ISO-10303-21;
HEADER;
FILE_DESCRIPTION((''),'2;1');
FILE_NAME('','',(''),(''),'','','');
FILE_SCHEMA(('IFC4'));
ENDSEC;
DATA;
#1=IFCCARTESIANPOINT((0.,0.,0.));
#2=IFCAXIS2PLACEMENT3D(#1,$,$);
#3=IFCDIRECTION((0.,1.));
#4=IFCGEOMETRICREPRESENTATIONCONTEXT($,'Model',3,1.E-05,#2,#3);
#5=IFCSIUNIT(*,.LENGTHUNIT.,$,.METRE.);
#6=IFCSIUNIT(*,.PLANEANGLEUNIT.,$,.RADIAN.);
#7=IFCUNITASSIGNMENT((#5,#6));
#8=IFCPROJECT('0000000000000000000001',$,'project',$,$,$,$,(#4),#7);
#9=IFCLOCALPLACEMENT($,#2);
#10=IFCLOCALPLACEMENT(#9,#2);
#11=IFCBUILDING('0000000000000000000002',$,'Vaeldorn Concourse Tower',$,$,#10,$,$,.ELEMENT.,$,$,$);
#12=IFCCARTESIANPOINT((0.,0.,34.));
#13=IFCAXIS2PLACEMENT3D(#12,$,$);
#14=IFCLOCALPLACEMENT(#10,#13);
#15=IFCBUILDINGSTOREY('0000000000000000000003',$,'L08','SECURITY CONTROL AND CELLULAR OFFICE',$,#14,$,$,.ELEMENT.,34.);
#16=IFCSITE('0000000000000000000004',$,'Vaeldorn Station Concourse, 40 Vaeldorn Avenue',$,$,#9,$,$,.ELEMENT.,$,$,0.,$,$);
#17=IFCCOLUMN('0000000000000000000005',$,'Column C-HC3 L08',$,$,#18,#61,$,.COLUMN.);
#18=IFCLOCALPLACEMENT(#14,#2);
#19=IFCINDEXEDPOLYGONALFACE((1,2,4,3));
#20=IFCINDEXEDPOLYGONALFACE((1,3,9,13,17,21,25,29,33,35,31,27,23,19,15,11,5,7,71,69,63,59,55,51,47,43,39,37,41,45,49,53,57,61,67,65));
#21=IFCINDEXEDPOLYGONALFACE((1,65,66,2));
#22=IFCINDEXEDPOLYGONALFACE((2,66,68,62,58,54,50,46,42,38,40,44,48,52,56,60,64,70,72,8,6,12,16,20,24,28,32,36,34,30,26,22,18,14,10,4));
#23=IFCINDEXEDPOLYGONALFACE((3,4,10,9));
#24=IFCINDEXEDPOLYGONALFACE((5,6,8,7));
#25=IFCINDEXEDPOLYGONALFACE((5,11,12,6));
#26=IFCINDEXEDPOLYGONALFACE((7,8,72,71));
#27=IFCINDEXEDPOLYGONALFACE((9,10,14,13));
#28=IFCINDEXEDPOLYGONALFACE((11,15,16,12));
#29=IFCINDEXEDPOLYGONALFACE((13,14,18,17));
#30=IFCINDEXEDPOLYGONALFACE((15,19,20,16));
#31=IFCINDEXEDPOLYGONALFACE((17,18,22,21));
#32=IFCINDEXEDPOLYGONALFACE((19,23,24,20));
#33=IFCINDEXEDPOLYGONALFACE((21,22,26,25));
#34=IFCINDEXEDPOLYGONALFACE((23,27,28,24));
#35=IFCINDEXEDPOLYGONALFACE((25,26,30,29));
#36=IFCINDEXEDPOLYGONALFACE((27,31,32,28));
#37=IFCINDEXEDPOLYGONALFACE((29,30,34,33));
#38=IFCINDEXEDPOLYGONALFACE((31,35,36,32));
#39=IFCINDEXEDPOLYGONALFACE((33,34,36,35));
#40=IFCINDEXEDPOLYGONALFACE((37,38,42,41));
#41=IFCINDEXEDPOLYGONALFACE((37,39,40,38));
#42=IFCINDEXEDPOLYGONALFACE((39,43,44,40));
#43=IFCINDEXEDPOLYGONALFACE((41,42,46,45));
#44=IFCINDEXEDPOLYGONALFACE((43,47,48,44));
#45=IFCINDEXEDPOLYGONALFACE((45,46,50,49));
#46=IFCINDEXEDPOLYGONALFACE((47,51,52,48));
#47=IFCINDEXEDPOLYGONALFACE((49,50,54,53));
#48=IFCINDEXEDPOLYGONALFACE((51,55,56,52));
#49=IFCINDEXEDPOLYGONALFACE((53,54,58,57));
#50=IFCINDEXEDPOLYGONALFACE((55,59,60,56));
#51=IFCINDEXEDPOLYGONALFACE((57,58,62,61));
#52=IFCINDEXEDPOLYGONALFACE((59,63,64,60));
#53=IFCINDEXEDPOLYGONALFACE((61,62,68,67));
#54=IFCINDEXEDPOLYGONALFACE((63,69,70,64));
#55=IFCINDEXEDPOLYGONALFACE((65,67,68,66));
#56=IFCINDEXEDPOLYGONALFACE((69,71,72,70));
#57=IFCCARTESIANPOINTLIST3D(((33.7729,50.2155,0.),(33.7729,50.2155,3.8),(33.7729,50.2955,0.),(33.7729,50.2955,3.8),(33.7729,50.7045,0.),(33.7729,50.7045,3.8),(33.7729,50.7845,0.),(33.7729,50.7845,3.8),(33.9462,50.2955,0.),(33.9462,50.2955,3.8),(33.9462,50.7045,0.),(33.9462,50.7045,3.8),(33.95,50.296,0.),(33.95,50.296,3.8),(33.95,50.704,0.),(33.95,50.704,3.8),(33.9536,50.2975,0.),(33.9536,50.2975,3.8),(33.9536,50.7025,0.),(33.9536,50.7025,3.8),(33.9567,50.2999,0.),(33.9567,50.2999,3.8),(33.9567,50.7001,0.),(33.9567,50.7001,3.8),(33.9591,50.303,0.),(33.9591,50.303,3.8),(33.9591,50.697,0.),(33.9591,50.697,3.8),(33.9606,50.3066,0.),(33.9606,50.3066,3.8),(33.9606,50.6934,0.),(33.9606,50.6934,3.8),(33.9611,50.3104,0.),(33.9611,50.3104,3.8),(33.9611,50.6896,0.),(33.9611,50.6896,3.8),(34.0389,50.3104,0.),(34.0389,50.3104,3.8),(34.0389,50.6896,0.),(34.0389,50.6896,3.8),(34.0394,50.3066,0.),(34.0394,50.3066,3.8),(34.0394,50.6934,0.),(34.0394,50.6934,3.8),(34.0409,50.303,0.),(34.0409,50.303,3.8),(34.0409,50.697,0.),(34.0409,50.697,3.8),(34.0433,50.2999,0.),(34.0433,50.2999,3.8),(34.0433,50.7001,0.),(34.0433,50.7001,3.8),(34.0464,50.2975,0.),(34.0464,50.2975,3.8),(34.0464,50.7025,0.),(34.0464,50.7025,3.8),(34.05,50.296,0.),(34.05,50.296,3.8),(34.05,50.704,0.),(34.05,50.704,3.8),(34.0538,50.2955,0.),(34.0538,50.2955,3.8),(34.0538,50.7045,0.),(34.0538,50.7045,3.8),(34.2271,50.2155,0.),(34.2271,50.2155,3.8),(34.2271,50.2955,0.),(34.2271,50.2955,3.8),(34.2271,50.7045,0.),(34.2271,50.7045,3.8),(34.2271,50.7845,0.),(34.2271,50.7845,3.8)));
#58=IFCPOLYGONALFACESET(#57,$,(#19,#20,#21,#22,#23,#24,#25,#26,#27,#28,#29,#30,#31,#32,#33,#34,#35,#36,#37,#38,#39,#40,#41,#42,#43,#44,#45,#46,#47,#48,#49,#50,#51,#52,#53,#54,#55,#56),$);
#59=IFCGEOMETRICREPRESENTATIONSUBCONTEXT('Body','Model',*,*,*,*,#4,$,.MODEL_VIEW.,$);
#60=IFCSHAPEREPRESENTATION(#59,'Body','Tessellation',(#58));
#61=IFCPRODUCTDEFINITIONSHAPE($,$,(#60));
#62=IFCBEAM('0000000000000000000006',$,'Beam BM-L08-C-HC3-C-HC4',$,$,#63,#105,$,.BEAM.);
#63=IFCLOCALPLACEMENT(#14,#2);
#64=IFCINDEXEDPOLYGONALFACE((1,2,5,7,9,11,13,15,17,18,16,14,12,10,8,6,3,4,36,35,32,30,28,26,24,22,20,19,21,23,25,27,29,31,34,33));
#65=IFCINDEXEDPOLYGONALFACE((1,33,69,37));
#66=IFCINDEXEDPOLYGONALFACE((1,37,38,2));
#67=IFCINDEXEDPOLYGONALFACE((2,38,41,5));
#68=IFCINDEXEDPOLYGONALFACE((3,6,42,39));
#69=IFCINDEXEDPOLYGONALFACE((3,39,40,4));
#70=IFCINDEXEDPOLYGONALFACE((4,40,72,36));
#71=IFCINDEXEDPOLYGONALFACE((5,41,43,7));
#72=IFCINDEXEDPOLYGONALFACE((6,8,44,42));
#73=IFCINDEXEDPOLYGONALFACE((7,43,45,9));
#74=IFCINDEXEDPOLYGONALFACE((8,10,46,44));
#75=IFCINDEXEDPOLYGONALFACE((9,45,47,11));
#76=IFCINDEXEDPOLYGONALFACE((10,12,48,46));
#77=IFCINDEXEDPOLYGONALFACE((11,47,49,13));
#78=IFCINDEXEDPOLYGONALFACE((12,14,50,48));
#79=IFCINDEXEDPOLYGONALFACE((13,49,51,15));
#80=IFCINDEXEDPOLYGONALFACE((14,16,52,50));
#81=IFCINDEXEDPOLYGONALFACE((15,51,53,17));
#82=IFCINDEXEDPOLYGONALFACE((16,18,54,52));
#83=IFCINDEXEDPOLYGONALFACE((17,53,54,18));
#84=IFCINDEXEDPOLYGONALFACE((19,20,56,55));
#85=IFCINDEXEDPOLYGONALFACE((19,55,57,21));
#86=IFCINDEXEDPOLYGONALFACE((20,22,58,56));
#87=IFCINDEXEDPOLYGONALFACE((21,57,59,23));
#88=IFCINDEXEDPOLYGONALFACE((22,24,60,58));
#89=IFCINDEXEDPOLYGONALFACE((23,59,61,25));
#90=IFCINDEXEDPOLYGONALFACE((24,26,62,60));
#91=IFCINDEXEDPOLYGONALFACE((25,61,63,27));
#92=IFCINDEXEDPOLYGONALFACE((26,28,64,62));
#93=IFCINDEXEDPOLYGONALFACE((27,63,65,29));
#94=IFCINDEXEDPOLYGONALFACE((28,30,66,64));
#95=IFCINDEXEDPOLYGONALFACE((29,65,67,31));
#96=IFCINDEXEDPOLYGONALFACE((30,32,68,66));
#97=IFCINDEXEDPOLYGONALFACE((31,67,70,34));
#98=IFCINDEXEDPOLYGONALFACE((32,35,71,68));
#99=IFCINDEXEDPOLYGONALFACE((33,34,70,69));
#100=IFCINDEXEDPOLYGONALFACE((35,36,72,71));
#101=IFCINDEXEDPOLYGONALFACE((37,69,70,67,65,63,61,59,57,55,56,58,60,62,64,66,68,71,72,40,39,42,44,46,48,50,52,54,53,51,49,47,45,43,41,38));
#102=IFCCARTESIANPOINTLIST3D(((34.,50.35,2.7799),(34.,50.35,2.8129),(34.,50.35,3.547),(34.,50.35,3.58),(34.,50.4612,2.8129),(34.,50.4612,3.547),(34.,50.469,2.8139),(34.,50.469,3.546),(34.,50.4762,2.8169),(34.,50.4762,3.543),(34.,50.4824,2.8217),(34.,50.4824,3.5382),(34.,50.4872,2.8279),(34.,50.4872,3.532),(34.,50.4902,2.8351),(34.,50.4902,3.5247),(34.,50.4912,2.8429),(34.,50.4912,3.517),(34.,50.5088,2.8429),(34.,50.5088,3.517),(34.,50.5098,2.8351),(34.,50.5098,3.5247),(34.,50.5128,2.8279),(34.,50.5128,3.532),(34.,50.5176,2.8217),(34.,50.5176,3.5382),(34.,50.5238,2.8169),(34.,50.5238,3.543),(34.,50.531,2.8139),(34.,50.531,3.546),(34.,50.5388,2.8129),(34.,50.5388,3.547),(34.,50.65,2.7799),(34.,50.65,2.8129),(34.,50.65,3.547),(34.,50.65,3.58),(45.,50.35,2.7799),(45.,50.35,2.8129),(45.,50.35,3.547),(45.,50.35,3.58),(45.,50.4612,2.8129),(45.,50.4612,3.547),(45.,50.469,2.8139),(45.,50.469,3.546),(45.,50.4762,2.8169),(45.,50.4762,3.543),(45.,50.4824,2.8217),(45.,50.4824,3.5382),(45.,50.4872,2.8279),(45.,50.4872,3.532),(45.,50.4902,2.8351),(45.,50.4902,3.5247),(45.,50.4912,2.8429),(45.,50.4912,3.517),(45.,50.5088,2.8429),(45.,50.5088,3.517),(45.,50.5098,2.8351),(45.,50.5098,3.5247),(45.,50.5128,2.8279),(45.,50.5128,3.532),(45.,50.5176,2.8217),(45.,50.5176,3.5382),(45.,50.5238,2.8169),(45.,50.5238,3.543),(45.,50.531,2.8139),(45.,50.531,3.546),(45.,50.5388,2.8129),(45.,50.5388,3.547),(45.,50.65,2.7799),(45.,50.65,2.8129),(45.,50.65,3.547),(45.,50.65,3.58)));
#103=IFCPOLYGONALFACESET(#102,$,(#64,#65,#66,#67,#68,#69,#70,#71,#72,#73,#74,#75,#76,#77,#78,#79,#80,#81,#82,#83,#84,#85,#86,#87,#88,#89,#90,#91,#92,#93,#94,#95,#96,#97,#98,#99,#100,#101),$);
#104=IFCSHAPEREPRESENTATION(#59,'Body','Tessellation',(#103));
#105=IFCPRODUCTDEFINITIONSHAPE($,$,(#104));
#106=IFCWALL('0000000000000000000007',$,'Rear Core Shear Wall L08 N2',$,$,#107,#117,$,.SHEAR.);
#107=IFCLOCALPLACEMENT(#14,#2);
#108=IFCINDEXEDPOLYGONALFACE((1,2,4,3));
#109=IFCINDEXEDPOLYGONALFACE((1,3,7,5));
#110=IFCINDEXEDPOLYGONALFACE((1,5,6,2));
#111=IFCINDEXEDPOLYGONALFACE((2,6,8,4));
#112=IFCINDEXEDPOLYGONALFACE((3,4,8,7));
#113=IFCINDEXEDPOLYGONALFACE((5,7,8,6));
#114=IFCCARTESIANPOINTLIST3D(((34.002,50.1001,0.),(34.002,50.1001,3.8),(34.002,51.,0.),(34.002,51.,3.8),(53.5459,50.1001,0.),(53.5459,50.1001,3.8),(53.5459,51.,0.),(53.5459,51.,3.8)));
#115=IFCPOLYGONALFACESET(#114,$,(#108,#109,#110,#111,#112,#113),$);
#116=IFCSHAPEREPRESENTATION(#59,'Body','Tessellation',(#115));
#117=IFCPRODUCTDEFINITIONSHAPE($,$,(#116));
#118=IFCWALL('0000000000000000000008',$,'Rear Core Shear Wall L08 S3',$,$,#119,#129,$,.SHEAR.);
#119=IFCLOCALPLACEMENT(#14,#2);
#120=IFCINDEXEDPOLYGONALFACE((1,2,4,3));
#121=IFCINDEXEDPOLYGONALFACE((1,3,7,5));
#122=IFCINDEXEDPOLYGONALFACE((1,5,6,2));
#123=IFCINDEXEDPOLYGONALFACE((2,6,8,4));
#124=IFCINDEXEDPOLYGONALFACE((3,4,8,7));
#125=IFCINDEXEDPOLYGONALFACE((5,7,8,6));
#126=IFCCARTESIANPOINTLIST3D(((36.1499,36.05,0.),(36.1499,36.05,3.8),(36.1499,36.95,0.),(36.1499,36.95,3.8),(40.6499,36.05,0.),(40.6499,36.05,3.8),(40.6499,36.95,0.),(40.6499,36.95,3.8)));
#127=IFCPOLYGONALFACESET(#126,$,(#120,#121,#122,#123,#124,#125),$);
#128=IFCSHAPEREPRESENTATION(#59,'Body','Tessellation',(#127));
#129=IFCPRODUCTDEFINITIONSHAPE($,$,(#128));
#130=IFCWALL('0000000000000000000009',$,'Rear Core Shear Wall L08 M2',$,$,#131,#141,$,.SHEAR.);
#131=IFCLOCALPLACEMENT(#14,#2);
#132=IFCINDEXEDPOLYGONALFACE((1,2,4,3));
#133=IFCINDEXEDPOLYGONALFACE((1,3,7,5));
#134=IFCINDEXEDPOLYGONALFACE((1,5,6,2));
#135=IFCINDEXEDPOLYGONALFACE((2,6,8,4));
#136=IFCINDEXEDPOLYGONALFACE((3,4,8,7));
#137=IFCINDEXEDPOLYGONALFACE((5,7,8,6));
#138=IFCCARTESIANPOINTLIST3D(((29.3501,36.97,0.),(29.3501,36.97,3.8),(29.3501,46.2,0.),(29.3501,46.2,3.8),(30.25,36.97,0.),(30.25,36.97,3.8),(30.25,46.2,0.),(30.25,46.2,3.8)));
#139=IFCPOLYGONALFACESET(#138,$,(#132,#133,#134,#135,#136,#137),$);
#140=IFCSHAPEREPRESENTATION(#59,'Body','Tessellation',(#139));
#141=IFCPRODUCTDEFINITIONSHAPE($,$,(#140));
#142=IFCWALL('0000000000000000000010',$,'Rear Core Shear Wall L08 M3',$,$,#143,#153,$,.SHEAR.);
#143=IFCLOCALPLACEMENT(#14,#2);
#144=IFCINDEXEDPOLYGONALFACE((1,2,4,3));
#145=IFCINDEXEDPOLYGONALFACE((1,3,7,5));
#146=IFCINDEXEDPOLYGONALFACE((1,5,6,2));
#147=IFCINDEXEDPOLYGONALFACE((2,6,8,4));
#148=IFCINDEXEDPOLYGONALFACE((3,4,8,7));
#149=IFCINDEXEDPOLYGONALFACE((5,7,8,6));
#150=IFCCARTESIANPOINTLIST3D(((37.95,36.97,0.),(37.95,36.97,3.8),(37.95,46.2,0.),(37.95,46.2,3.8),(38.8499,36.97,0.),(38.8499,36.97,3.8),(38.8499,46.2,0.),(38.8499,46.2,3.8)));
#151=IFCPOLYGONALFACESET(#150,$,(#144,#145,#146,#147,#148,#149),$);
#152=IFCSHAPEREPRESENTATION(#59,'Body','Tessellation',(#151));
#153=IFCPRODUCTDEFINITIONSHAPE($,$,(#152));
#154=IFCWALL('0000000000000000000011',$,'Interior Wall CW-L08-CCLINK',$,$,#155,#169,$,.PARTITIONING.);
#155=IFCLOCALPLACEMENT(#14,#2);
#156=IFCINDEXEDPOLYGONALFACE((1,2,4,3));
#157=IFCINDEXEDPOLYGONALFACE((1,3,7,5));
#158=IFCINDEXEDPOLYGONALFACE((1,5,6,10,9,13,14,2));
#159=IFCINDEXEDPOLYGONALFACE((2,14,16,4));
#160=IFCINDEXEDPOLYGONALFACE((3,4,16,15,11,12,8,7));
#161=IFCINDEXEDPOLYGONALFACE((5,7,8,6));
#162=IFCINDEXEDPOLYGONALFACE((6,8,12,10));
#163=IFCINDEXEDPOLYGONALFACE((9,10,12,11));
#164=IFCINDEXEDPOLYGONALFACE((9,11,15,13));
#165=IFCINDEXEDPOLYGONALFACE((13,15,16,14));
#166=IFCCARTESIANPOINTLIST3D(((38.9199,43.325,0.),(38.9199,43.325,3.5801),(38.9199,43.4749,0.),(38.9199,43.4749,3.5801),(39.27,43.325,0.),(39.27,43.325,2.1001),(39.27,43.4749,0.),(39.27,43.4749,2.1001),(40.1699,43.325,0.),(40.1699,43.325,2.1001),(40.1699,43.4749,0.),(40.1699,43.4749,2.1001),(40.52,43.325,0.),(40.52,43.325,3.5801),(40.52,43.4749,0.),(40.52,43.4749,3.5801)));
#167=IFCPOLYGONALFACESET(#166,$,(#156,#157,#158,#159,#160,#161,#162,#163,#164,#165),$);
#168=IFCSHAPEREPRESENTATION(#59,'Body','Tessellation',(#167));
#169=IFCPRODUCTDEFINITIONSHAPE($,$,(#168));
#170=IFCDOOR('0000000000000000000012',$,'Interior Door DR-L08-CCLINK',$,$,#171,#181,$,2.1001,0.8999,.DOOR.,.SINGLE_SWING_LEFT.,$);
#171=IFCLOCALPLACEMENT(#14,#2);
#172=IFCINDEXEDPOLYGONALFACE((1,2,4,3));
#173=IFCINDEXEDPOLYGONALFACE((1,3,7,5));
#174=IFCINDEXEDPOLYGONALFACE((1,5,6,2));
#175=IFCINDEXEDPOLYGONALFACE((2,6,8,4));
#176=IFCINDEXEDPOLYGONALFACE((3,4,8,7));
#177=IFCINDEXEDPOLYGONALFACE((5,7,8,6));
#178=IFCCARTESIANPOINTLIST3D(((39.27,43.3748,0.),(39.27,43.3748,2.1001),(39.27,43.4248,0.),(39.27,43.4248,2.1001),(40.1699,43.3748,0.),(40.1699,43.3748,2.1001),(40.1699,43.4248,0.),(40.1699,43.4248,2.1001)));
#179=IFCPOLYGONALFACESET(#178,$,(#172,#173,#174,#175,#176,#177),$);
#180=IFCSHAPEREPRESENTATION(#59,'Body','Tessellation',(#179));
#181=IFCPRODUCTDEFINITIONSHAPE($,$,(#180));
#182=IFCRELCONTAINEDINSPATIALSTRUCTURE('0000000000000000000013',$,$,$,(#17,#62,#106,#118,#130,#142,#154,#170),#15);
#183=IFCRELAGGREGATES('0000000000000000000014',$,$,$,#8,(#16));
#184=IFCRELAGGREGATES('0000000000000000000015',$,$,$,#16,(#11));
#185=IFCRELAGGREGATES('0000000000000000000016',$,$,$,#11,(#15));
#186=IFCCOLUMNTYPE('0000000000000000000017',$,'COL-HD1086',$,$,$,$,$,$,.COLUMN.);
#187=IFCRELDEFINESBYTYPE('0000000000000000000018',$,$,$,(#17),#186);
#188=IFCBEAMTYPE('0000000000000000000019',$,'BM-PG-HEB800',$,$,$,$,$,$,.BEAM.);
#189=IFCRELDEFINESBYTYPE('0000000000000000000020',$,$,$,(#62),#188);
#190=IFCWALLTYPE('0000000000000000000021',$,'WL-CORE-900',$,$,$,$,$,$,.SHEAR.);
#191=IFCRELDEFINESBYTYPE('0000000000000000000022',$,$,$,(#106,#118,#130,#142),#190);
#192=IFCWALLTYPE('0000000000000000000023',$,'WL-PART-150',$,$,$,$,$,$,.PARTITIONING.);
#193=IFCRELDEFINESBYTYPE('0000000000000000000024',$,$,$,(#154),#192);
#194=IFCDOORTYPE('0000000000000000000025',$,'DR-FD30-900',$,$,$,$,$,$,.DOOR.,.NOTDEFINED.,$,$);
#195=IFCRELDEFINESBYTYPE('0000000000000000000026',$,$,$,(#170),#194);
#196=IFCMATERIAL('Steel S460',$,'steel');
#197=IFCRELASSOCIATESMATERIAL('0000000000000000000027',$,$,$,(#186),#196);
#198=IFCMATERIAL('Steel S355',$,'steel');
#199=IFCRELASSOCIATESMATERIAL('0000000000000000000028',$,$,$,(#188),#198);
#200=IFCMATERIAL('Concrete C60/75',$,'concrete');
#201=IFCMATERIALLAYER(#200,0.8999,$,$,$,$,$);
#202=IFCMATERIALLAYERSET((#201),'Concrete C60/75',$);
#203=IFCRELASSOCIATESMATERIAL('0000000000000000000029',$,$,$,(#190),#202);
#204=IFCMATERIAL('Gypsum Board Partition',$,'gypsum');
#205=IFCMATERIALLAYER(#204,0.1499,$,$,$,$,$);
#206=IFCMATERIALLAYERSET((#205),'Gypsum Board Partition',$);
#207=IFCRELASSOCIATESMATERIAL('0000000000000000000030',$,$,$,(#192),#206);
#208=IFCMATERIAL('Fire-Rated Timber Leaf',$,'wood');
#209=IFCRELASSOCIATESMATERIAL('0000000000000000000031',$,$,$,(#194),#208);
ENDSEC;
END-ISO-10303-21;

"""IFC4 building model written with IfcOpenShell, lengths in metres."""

from ifc_helpers import new_model, si_unit, direction, frame, frame_2d, origin, origin_2d, place, context, subcontext, project, spatial, rectangle, i_section, extrude, source, transform, mapped, material, layer, layer_set, material_profile, profile_set, type_object, element, fill, save


model = new_model("IFC4")

# Units and contexts
model_context = context("Model", 3, precision=1e-05, world=origin(), true_north=direction((0.0, 1.0)))
body_context = subcontext(model_context, "Body", "Model", "MODEL_VIEW")
ifc_project = project(units=[si_unit("LENGTHUNIT", "METRE"), si_unit("PLANEANGLEUNIT", "RADIAN")], contexts=[model_context])

# Site, building, storey
site_placement = place(None, origin())
site = spatial("IfcSite", under=ifc_project, at=site_placement, Name="Vaeldorn Station Concourse, 40 Vaeldorn Avenue", CompositionType="ELEMENT", RefElevation=0.0)
building_placement = place(site_placement, origin())
building = spatial("IfcBuilding", under=site, at=building_placement, Name="Vaeldorn Concourse Tower", CompositionType="ELEMENT")
storey_placement = place(building_placement, frame((0.0, 0.0, 34.0)))
storey = spatial("IfcBuildingStorey", under=building, at=storey_placement, Name="L08", Description="SECURITY CONTROL AND CELLULAR OFFICE", CompositionType="ELEMENT", Elevation=34.0)

# Column
ifc_material_1 = material(Name="Steel S460", Category="steel")
ifc_material_profile_1 = material_profile(ifc_material_1, i_section(OverallWidth=0.4541, OverallDepth=0.5691, WebThickness=0.0779, FlangeThickness=0.0801, FilletRadius=0.0149, at=origin_2d()), Name="HD 400x1086")
ifc_profile_set_1 = profile_set([ifc_material_profile_1], Name="Steel S460")
column_type = type_object("IfcColumnType", Name="COL-HD1086", PredefinedType="COLUMN", material=ifc_profile_set_1)
shared_shape_1 = source(origin(), body_context, "Body", "SweptSolid", [
    extrude(i_section(OverallWidth=0.4541, OverallDepth=0.5691, WebThickness=0.0779, FlangeThickness=0.0801, FilletRadius=0.0149, at=origin_2d()), origin(), (0.0, 0.0, 1.0), 3.8),
])
column_placement = place(storey_placement, frame((34.0, 50.5, 0.0), z_axis=(0.0, 0.0, 1.0), x_axis=(1.0, 0.0, 0.0)))
element("IfcColumn", 1, at=column_placement, inside=storey, type_object=column_type, Name="Column C-HC3 L08", PredefinedType="COLUMN", context=body_context, shape_type="MappedRepresentation", body=[
    mapped(shared_shape_1, transform((0.0, 0.0, 0.0), scale=1.0)),
])

# Beam
ifc_material_2 = material(Name="Steel S355", Category="steel")
ifc_material_profile_2 = material_profile(ifc_material_2, i_section(OverallWidth=0.3, OverallDepth=0.8, WebThickness=0.0176, FlangeThickness=0.033, FilletRadius=0.03, at=origin_2d()), Name="HEB 800")
ifc_profile_set_2 = profile_set([ifc_material_profile_2], Name="Steel S355")
beam_type = type_object("IfcBeamType", Name="BM-PG-HEB800", PredefinedType="BEAM", material=ifc_profile_set_2)
shared_shape_2 = source(origin(), body_context, "Body", "SweptSolid", [
    extrude(i_section(OverallWidth=0.3, OverallDepth=0.8, WebThickness=0.0176, FlangeThickness=0.033, FilletRadius=0.03, at=origin_2d()), origin(), (0.0, 0.0, 1.0), 11.0),
])
beam_placement = place(storey_placement, frame((34.0, 50.5, 3.1799), z_axis=(1.0, 0.0, 0.0), x_axis=(0.0, 1.0, 0.0)))
element("IfcBeam", 2, at=beam_placement, inside=storey, type_object=beam_type, Name="Beam BM-L08-C-HC3-C-HC4", PredefinedType="BEAM", context=body_context, shape_type="MappedRepresentation", body=[
    mapped(shared_shape_2, transform((0.0, 0.0, 0.0), scale=1.0)),
])

# Walls
ifc_material_3 = material(Name="Concrete C60/75", Category="concrete")
ifc_layer_1 = layer(ifc_material_3, 0.8999)
ifc_layer_set_1 = layer_set([ifc_layer_1], Name="Concrete C60/75")
wall_type_1 = type_object("IfcWallType", Name="WL-CORE-900", PredefinedType="SHEAR", material=ifc_layer_set_1)
wall_1_placement = place(storey_placement, frame((34.002, 50.55, 0.0), z_axis=(0.0, 0.0, 1.0), x_axis=(1.0, 0.0, 0.0)))
element("IfcWall", 3, at=wall_1_placement, inside=storey, type_object=wall_type_1, Name="Rear Core Shear Wall L08 N2", PredefinedType="SHEAR", context=body_context, shape_type="SweptSolid", body=[
    extrude(rectangle(XDim=19.5439, YDim=0.8999, at=frame_2d((9.772, 0.0))), origin(), (0.0, 0.0, 1.0), 3.8),
])
wall_2_placement = place(storey_placement, frame((36.1499, 36.5, 0.0), z_axis=(0.0, 0.0, 1.0), x_axis=(1.0, 0.0, 0.0)))
element("IfcWall", 4, at=wall_2_placement, inside=storey, type_object=wall_type_1, Name="Rear Core Shear Wall L08 S3", PredefinedType="SHEAR", context=body_context, shape_type="SweptSolid", body=[
    extrude(rectangle(XDim=4.5, YDim=0.8999, at=frame_2d((2.25, 0.0))), origin(), (0.0, 0.0, 1.0), 3.8),
])
for number, where, z_axis, x_axis, name in (
    (5, (29.8, 36.97, 0.0), (0.0, 0.0, 1.0), (0.0, 1.0, 0.0), "Rear Core Shear Wall L08 M2"),
    (6, (38.3999, 36.97, 0.0), (0.0, 0.0, 1.0), (0.0, 1.0, 0.0), "Rear Core Shear Wall L08 M3"),
):
    element("IfcWall", number, at=place(storey_placement, frame(where, z_axis=z_axis, x_axis=x_axis)), inside=storey, type_object=wall_type_1, Name=name, PredefinedType="SHEAR", context=body_context, shape_type="SweptSolid", body=[
        extrude(rectangle(XDim=9.23, YDim=0.8999, at=frame_2d((4.615, 0.0))), origin(), (0.0, 0.0, 1.0), 3.8),
    ])

# Wall, opening, door
ifc_material_4 = material(Name="Gypsum Board Partition", Category="gypsum")
ifc_layer_2 = layer(ifc_material_4, 0.1499)
ifc_layer_set_2 = layer_set([ifc_layer_2], Name="Gypsum Board Partition")
wall_type_2 = type_object("IfcWallType", Name="WL-PART-150", PredefinedType="PARTITIONING", material=ifc_layer_set_2)
wall_3_placement = place(storey_placement, frame((38.9199, 43.3999, 0.0), z_axis=(0.0, 0.0, 1.0), x_axis=(1.0, 0.0, 0.0)))
wall_3 = element("IfcWall", 7, at=wall_3_placement, inside=storey, type_object=wall_type_2, Name="Interior Wall CW-L08-CCLINK", PredefinedType="PARTITIONING", context=body_context, shape_type="SweptSolid", body=[
    extrude(rectangle(XDim=1.6001, YDim=0.1499, at=frame_2d((0.8, 0.0))), origin(), (0.0, 0.0, 1.0), 3.5801),
])
opening_placement = place(wall_3_placement, frame((0.3501, 0.0, 0.0)))
opening = element("IfcOpeningElement", 8, at=opening_placement, cuts=wall_3, PredefinedType="OPENING", context=body_context, shape_type="SweptSolid", body=[
    extrude(rectangle(XDim=0.8999, YDim=2.1001, at=frame_2d((0.45, 1.05))), frame((0.0, 0.085, 0.0), z_axis=(0.0, -1.0, 0.0), x_axis=(1.0, 0.0, 0.0)), (0.0, 0.0, 1.0), 0.1699),
])
ifc_material_5 = material(Name="Fire-Rated Timber Leaf", Category="wood")
door_type = type_object("IfcDoorType", Name="DR-FD30-900", OperationType="NOTDEFINED", PredefinedType="DOOR", material=ifc_material_5)
shared_shape_3 = source(origin(), body_context, "Body", "SweptSolid", [
    extrude(rectangle(XDim=0.8999, YDim=2.1001, at=frame_2d((0.45, 1.05))), frame((0.0, 0.0249, 0.0), z_axis=(0.0, -1.0, 0.0), x_axis=(1.0, 0.0, 0.0)), (0.0, 0.0, 1.0), 0.05),
])
door_placement = place(opening_placement, origin())
door = element("IfcDoor", 9, at=door_placement, inside=storey, type_object=door_type, Name="Interior Door DR-L08-CCLINK", OperationType="SINGLE_SWING_LEFT", OverallHeight=2.1001, OverallWidth=0.8999, PredefinedType="DOOR", context=body_context, shape_type="MappedRepresentation", body=[
    mapped(shared_shape_3, transform((0.0, 0.0, 0.0), scale=1.0)),
])
fill(opening, door)

save(model, "model.ifc")
